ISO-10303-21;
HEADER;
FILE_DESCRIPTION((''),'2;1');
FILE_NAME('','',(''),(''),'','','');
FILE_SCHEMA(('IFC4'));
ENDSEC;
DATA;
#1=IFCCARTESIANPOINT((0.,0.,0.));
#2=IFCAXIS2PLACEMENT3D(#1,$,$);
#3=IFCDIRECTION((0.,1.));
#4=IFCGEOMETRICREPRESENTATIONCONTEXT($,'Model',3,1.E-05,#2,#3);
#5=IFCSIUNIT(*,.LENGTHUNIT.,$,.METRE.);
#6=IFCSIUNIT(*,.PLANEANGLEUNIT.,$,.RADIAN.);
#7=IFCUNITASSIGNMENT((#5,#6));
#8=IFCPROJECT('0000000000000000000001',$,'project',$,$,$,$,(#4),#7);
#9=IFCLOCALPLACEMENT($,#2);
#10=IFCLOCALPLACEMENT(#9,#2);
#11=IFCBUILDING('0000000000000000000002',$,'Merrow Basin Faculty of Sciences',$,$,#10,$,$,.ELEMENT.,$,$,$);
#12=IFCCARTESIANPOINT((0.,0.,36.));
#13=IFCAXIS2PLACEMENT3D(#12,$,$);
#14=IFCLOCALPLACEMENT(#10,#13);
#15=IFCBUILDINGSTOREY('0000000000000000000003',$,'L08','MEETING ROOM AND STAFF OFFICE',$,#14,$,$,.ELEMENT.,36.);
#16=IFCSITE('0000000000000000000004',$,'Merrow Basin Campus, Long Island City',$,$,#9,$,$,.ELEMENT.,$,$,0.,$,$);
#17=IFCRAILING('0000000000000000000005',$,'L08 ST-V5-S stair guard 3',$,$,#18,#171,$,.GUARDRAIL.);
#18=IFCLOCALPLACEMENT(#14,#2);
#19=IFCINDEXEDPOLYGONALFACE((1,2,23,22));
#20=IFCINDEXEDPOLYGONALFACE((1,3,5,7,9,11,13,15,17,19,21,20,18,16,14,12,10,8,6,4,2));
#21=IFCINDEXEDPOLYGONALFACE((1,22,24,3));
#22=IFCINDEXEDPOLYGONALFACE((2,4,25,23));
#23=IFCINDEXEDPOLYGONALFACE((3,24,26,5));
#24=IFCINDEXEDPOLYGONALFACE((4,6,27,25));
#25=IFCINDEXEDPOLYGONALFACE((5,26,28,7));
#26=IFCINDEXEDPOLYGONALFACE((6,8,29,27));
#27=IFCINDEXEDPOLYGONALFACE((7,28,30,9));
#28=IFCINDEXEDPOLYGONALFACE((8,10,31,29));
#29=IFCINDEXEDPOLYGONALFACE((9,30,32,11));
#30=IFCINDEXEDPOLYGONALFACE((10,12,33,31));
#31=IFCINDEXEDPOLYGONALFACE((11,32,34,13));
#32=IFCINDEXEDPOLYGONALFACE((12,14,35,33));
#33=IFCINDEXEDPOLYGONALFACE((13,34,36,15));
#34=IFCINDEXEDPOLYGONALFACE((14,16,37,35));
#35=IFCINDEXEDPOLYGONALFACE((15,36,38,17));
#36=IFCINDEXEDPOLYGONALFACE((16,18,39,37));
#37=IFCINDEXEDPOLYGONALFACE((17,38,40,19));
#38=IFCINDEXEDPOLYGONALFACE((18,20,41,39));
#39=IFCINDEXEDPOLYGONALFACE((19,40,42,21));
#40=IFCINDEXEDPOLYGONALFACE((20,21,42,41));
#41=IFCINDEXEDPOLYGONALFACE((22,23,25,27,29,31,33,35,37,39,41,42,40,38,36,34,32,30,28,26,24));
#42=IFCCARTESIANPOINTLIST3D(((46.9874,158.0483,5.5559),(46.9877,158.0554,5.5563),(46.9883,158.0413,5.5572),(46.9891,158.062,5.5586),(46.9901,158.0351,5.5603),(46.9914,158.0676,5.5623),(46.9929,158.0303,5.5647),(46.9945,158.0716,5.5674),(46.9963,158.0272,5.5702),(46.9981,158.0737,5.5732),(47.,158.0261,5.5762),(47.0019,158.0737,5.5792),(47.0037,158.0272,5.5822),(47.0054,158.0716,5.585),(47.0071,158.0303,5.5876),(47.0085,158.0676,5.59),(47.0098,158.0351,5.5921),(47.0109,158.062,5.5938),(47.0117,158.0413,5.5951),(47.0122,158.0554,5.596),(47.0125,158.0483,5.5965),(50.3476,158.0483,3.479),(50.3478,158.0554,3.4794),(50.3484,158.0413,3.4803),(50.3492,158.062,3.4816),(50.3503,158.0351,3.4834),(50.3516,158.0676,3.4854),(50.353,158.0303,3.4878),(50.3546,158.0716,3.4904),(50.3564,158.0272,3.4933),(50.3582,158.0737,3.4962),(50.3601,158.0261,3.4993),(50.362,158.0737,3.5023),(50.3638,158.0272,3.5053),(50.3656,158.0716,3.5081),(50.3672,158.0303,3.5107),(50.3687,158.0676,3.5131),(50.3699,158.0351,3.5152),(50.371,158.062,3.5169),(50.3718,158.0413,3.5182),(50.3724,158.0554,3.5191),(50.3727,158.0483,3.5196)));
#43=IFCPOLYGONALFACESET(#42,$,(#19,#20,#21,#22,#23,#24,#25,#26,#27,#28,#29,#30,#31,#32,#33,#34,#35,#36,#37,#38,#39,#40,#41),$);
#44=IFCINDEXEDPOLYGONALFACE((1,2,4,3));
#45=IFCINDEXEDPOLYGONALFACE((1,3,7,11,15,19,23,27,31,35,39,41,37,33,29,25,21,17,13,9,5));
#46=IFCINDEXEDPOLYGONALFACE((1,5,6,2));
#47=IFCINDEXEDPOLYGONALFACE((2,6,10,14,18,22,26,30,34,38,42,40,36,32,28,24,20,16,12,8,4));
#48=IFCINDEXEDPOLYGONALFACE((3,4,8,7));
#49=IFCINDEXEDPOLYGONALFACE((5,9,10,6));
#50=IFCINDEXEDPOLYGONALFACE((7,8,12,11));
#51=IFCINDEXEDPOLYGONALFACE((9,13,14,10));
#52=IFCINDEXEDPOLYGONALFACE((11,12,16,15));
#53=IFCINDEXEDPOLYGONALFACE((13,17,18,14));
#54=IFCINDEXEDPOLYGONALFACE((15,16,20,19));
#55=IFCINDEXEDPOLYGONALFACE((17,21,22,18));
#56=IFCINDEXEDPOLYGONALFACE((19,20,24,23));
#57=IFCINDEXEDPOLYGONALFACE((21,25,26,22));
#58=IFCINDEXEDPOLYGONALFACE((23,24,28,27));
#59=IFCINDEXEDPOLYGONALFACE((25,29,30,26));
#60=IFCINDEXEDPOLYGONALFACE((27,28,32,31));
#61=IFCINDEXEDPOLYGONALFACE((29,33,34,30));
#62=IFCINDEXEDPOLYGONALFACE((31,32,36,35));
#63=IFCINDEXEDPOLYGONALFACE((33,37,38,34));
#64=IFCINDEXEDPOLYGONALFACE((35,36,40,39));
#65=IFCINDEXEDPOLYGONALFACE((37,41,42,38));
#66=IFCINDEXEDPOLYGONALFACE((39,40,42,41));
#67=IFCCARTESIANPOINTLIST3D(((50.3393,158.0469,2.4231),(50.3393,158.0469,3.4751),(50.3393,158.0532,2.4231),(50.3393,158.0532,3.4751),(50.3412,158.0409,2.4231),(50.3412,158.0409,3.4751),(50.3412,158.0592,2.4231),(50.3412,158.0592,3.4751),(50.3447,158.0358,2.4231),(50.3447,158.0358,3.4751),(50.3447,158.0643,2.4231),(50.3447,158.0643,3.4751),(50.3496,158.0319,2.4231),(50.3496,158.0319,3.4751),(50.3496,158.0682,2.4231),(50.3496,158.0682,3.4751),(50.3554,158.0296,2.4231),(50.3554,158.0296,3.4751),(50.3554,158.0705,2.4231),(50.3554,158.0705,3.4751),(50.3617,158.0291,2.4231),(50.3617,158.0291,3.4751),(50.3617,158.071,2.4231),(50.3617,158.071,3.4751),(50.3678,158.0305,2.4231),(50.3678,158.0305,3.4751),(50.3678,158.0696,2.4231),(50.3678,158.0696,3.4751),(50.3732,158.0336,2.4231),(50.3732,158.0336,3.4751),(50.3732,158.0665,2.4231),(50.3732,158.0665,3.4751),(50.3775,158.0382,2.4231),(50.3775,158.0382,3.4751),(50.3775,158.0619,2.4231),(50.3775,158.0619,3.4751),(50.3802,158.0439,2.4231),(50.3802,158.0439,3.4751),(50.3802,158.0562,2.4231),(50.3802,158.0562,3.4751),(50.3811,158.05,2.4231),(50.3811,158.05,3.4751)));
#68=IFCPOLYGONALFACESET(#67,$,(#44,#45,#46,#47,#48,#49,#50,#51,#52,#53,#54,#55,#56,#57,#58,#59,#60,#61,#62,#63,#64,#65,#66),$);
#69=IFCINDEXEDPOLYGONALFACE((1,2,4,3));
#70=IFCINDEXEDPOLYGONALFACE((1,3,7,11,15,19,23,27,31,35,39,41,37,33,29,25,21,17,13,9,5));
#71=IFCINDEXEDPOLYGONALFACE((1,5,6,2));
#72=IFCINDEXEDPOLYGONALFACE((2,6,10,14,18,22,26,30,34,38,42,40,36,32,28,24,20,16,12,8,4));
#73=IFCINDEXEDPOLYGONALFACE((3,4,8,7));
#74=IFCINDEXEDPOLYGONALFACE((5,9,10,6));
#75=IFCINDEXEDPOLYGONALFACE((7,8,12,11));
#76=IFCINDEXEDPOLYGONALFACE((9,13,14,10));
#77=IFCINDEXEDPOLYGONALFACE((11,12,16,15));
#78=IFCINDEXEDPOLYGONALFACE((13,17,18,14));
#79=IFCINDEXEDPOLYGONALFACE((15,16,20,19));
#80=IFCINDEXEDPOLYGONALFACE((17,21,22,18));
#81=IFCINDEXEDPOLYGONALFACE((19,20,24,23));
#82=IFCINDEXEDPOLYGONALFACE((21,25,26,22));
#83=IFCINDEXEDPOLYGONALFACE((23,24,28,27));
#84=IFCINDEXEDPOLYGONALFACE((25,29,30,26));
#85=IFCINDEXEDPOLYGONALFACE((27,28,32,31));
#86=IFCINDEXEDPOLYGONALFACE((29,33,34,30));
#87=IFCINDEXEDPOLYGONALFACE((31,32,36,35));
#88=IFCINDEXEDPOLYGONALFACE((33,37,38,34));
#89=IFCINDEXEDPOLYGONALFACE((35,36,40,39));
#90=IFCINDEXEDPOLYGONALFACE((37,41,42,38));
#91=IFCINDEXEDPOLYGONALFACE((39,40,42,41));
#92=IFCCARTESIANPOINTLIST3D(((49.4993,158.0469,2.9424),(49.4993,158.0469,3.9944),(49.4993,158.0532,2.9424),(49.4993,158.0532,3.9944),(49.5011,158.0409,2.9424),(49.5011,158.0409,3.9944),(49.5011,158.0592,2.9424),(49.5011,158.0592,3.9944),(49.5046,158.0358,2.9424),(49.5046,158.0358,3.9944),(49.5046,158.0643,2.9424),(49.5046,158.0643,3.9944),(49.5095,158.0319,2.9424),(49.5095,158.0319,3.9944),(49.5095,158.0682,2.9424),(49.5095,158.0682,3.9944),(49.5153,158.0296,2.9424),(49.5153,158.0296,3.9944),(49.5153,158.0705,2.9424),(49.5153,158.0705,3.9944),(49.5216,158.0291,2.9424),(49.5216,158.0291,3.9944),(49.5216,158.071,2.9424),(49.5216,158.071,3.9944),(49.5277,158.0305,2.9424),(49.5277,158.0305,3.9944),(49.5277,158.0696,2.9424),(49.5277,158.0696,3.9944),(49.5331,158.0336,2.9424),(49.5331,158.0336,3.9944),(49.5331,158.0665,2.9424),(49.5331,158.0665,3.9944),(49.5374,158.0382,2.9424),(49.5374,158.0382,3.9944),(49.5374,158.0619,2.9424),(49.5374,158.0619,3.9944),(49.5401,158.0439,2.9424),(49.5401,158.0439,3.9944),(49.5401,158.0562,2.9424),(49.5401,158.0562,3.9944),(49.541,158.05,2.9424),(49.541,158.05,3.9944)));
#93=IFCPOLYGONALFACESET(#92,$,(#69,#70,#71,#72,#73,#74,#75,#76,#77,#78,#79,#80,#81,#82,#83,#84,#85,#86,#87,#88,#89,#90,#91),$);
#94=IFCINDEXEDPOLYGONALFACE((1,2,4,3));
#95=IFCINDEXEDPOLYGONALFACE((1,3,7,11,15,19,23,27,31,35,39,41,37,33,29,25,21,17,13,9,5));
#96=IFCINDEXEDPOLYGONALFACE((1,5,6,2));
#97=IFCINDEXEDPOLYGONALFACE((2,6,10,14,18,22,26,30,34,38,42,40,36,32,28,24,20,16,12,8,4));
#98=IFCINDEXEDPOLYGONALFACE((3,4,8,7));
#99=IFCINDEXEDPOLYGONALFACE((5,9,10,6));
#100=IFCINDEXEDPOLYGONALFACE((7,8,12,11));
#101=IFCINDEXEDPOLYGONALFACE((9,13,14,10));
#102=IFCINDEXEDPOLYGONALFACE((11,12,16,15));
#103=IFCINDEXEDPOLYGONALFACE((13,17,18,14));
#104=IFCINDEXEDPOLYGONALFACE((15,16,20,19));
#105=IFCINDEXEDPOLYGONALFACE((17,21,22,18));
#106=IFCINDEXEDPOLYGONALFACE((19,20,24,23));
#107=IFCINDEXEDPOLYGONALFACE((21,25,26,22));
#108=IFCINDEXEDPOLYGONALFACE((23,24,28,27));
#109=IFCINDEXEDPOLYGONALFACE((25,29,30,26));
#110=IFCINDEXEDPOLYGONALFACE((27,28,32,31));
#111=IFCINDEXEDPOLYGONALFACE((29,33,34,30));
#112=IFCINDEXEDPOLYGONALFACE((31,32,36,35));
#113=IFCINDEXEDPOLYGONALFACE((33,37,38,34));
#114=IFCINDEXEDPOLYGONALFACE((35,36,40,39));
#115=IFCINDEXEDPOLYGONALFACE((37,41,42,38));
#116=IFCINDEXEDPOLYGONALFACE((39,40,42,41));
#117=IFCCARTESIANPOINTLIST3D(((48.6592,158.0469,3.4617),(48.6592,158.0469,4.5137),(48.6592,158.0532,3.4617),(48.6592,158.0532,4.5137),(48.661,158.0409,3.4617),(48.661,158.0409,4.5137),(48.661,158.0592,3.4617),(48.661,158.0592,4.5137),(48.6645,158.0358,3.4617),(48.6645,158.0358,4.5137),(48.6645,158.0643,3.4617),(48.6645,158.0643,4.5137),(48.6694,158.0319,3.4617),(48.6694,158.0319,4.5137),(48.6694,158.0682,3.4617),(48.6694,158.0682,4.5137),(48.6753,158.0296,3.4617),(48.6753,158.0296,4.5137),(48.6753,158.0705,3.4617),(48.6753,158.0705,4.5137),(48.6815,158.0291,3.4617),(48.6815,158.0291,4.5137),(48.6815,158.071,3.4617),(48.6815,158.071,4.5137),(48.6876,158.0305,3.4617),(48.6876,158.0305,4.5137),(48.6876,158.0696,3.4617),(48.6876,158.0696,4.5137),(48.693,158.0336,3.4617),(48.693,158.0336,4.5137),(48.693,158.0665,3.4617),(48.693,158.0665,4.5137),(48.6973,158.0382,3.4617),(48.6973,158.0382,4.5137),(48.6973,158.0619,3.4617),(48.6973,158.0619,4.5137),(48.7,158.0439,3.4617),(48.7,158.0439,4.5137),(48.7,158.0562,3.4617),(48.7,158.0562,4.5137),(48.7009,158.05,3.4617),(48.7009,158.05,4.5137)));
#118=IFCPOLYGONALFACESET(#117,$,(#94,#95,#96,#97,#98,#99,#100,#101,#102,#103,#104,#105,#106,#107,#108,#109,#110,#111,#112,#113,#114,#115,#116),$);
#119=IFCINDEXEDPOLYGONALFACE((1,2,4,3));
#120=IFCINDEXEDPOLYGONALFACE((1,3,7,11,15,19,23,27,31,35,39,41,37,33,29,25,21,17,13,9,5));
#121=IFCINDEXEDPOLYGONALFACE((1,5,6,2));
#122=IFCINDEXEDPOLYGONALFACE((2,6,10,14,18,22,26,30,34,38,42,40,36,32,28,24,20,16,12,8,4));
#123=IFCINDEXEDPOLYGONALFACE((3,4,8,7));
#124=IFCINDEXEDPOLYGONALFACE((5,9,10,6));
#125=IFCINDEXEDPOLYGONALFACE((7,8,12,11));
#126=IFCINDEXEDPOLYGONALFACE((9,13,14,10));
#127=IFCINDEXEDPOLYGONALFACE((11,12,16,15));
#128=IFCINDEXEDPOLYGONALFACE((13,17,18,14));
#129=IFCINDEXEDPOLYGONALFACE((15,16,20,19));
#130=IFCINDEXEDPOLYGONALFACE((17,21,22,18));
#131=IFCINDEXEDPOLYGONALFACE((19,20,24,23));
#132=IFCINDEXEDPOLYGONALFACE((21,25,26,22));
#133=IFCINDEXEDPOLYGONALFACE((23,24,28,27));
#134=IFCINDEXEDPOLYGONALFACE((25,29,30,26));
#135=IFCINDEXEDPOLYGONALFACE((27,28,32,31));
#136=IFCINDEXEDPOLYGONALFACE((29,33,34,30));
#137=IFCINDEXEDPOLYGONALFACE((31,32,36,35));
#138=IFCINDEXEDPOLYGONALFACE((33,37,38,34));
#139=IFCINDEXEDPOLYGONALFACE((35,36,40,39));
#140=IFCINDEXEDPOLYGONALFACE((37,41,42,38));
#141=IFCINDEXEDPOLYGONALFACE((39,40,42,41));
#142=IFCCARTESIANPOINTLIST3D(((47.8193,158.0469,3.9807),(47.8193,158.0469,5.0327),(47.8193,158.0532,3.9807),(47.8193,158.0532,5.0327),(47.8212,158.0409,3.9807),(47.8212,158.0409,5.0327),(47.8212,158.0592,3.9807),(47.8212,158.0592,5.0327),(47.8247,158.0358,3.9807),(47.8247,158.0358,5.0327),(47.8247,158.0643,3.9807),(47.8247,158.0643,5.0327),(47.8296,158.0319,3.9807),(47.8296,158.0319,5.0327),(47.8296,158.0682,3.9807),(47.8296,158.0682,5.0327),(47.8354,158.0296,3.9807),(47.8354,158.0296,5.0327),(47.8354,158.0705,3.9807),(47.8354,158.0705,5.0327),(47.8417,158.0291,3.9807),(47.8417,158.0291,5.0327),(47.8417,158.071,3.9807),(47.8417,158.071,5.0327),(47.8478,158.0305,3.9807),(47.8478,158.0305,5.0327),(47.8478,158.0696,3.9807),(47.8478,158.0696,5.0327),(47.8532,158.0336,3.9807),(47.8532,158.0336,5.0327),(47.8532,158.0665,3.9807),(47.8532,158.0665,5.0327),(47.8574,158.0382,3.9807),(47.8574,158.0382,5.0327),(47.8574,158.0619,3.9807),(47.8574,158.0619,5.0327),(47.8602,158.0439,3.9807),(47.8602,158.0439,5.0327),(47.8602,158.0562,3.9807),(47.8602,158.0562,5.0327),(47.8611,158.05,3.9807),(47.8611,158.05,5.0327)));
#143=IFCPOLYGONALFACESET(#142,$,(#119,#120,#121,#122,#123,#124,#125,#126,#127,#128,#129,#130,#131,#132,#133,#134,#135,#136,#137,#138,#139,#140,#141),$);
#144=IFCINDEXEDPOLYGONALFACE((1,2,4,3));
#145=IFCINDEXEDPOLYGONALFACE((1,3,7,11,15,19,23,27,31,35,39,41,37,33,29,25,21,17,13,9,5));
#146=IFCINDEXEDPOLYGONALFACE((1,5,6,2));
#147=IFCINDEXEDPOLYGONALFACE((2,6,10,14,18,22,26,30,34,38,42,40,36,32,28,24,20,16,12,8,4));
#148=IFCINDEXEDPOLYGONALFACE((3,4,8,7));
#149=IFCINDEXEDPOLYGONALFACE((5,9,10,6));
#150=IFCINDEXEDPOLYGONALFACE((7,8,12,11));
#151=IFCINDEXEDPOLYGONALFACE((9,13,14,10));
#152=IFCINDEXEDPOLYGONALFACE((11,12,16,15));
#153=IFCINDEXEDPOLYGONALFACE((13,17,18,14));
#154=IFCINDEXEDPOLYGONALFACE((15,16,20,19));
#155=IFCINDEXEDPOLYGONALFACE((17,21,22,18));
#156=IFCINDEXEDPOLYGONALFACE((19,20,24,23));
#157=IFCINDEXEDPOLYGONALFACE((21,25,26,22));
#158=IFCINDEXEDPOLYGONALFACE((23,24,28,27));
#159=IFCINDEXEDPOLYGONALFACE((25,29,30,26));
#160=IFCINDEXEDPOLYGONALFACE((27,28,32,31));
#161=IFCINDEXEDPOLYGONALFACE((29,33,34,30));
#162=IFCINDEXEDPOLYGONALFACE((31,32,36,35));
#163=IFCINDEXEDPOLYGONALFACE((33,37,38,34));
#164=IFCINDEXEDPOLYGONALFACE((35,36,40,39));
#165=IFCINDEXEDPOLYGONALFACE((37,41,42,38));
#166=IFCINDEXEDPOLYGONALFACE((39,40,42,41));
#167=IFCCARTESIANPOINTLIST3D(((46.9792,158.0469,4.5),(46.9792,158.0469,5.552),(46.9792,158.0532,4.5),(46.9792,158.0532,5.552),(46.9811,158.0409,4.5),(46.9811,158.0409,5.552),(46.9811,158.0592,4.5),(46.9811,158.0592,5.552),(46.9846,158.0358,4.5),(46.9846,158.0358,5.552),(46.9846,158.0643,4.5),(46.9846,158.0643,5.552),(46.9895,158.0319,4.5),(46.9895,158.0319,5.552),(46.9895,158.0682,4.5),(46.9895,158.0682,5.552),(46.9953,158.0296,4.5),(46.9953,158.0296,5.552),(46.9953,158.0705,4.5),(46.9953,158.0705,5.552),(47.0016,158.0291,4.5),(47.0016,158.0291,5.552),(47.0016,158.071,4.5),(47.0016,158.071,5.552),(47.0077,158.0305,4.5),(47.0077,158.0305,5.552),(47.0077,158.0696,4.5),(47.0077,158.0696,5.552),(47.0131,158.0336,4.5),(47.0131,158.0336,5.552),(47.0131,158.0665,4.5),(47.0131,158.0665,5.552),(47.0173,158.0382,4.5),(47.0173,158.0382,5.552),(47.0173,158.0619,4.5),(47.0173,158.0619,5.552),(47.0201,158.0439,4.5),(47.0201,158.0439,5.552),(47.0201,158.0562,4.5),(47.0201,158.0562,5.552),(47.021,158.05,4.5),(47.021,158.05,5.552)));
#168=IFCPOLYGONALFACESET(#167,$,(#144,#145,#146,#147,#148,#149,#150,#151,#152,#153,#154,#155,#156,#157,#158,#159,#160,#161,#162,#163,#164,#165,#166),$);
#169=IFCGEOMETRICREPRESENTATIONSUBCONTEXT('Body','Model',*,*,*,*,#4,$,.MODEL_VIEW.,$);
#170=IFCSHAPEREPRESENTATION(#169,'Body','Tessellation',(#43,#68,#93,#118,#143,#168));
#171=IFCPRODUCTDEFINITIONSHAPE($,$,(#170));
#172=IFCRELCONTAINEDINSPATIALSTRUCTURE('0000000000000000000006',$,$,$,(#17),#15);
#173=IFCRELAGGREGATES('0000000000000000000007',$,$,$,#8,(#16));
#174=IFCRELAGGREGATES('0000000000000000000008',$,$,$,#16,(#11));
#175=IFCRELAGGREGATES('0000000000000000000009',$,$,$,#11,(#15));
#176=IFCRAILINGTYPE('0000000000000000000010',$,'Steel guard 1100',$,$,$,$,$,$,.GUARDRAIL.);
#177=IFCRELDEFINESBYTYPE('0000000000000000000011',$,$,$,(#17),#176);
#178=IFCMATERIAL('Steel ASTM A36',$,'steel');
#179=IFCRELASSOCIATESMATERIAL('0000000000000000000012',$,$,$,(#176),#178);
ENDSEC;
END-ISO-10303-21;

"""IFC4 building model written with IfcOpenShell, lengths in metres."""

from ifc_helpers import new_model, si_unit, direction, frame, origin, origin_2d, place, context, subcontext, project, spatial, circle, extrude, material, type_object, element, save


model = new_model("IFC4")

# Units and contexts
model_context = context("Model", 3, precision=1e-05, world=origin(), true_north=direction((0.0, 1.0)))
body_context = subcontext(model_context, "Body", "Model", "MODEL_VIEW")
ifc_project = project(units=[si_unit("LENGTHUNIT", "METRE"), si_unit("PLANEANGLEUNIT", "RADIAN")], contexts=[model_context])

# Site, building, storey
site_placement = place(None, origin())
site = spatial("IfcSite", under=ifc_project, at=site_placement, Name="Merrow Basin Campus, Long Island City", CompositionType="ELEMENT", RefElevation=0.0)
building_placement = place(site_placement, origin())
building = spatial("IfcBuilding", under=site, at=building_placement, Name="Merrow Basin Faculty of Sciences", CompositionType="ELEMENT")
storey_placement = place(building_placement, frame((0.0, 0.0, 36.0)))
storey = spatial("IfcBuildingStorey", under=building, at=storey_placement, Name="L08", Description="MEETING ROOM AND STAFF OFFICE", CompositionType="ELEMENT", Elevation=36.0)

# Railing
ifc_material_1 = material(Name="Steel ASTM A36", Category="steel")
railing_type_1 = type_object("IfcRailingType", Name="Steel guard 1100", PredefinedType="GUARDRAIL", material=ifc_material_1)
railing_1_placement = place(storey_placement, frame((50.3601, 158.05, 2.4231)))
element("IfcRailing", 1, at=railing_1_placement, inside=storey, type_object=railing_type_1, Name="L08 ST-V5-S stair guard 3", PredefinedType="GUARDRAIL", context=body_context, shape_type="SweptSolid", body=[
    extrude(circle(Radius=0.0239, at=origin_2d()), frame((0.0, 0.0, 1.0762), z_axis=(-0.850623, 0.0, 0.525776), x_axis=(0.0, -1.0, 0.0)), (0.0, 0.0, 1.0), 3.9502),
    extrude(circle(Radius=0.021, at=origin_2d()), origin(), (0.0, 0.0, 1.0), 1.052),
    extrude(circle(Radius=0.021, at=origin_2d()), frame((-0.8401, 0.0, 0.5193)), (0.0, 0.0, 1.0), 1.052),
    extrude(circle(Radius=0.021, at=origin_2d()), frame((-1.6802, 0.0, 1.0386)), (0.0, 0.0, 1.0), 1.052),
    extrude(circle(Radius=0.021, at=origin_2d()), frame((-2.52, 0.0, 1.5576)), (0.0, 0.0, 1.0), 1.052),
    extrude(circle(Radius=0.021, at=origin_2d()), frame((-3.3601, 0.0, 2.0769)), (0.0, 0.0, 1.0), 1.052),
])

save(model, "model.ifc")
